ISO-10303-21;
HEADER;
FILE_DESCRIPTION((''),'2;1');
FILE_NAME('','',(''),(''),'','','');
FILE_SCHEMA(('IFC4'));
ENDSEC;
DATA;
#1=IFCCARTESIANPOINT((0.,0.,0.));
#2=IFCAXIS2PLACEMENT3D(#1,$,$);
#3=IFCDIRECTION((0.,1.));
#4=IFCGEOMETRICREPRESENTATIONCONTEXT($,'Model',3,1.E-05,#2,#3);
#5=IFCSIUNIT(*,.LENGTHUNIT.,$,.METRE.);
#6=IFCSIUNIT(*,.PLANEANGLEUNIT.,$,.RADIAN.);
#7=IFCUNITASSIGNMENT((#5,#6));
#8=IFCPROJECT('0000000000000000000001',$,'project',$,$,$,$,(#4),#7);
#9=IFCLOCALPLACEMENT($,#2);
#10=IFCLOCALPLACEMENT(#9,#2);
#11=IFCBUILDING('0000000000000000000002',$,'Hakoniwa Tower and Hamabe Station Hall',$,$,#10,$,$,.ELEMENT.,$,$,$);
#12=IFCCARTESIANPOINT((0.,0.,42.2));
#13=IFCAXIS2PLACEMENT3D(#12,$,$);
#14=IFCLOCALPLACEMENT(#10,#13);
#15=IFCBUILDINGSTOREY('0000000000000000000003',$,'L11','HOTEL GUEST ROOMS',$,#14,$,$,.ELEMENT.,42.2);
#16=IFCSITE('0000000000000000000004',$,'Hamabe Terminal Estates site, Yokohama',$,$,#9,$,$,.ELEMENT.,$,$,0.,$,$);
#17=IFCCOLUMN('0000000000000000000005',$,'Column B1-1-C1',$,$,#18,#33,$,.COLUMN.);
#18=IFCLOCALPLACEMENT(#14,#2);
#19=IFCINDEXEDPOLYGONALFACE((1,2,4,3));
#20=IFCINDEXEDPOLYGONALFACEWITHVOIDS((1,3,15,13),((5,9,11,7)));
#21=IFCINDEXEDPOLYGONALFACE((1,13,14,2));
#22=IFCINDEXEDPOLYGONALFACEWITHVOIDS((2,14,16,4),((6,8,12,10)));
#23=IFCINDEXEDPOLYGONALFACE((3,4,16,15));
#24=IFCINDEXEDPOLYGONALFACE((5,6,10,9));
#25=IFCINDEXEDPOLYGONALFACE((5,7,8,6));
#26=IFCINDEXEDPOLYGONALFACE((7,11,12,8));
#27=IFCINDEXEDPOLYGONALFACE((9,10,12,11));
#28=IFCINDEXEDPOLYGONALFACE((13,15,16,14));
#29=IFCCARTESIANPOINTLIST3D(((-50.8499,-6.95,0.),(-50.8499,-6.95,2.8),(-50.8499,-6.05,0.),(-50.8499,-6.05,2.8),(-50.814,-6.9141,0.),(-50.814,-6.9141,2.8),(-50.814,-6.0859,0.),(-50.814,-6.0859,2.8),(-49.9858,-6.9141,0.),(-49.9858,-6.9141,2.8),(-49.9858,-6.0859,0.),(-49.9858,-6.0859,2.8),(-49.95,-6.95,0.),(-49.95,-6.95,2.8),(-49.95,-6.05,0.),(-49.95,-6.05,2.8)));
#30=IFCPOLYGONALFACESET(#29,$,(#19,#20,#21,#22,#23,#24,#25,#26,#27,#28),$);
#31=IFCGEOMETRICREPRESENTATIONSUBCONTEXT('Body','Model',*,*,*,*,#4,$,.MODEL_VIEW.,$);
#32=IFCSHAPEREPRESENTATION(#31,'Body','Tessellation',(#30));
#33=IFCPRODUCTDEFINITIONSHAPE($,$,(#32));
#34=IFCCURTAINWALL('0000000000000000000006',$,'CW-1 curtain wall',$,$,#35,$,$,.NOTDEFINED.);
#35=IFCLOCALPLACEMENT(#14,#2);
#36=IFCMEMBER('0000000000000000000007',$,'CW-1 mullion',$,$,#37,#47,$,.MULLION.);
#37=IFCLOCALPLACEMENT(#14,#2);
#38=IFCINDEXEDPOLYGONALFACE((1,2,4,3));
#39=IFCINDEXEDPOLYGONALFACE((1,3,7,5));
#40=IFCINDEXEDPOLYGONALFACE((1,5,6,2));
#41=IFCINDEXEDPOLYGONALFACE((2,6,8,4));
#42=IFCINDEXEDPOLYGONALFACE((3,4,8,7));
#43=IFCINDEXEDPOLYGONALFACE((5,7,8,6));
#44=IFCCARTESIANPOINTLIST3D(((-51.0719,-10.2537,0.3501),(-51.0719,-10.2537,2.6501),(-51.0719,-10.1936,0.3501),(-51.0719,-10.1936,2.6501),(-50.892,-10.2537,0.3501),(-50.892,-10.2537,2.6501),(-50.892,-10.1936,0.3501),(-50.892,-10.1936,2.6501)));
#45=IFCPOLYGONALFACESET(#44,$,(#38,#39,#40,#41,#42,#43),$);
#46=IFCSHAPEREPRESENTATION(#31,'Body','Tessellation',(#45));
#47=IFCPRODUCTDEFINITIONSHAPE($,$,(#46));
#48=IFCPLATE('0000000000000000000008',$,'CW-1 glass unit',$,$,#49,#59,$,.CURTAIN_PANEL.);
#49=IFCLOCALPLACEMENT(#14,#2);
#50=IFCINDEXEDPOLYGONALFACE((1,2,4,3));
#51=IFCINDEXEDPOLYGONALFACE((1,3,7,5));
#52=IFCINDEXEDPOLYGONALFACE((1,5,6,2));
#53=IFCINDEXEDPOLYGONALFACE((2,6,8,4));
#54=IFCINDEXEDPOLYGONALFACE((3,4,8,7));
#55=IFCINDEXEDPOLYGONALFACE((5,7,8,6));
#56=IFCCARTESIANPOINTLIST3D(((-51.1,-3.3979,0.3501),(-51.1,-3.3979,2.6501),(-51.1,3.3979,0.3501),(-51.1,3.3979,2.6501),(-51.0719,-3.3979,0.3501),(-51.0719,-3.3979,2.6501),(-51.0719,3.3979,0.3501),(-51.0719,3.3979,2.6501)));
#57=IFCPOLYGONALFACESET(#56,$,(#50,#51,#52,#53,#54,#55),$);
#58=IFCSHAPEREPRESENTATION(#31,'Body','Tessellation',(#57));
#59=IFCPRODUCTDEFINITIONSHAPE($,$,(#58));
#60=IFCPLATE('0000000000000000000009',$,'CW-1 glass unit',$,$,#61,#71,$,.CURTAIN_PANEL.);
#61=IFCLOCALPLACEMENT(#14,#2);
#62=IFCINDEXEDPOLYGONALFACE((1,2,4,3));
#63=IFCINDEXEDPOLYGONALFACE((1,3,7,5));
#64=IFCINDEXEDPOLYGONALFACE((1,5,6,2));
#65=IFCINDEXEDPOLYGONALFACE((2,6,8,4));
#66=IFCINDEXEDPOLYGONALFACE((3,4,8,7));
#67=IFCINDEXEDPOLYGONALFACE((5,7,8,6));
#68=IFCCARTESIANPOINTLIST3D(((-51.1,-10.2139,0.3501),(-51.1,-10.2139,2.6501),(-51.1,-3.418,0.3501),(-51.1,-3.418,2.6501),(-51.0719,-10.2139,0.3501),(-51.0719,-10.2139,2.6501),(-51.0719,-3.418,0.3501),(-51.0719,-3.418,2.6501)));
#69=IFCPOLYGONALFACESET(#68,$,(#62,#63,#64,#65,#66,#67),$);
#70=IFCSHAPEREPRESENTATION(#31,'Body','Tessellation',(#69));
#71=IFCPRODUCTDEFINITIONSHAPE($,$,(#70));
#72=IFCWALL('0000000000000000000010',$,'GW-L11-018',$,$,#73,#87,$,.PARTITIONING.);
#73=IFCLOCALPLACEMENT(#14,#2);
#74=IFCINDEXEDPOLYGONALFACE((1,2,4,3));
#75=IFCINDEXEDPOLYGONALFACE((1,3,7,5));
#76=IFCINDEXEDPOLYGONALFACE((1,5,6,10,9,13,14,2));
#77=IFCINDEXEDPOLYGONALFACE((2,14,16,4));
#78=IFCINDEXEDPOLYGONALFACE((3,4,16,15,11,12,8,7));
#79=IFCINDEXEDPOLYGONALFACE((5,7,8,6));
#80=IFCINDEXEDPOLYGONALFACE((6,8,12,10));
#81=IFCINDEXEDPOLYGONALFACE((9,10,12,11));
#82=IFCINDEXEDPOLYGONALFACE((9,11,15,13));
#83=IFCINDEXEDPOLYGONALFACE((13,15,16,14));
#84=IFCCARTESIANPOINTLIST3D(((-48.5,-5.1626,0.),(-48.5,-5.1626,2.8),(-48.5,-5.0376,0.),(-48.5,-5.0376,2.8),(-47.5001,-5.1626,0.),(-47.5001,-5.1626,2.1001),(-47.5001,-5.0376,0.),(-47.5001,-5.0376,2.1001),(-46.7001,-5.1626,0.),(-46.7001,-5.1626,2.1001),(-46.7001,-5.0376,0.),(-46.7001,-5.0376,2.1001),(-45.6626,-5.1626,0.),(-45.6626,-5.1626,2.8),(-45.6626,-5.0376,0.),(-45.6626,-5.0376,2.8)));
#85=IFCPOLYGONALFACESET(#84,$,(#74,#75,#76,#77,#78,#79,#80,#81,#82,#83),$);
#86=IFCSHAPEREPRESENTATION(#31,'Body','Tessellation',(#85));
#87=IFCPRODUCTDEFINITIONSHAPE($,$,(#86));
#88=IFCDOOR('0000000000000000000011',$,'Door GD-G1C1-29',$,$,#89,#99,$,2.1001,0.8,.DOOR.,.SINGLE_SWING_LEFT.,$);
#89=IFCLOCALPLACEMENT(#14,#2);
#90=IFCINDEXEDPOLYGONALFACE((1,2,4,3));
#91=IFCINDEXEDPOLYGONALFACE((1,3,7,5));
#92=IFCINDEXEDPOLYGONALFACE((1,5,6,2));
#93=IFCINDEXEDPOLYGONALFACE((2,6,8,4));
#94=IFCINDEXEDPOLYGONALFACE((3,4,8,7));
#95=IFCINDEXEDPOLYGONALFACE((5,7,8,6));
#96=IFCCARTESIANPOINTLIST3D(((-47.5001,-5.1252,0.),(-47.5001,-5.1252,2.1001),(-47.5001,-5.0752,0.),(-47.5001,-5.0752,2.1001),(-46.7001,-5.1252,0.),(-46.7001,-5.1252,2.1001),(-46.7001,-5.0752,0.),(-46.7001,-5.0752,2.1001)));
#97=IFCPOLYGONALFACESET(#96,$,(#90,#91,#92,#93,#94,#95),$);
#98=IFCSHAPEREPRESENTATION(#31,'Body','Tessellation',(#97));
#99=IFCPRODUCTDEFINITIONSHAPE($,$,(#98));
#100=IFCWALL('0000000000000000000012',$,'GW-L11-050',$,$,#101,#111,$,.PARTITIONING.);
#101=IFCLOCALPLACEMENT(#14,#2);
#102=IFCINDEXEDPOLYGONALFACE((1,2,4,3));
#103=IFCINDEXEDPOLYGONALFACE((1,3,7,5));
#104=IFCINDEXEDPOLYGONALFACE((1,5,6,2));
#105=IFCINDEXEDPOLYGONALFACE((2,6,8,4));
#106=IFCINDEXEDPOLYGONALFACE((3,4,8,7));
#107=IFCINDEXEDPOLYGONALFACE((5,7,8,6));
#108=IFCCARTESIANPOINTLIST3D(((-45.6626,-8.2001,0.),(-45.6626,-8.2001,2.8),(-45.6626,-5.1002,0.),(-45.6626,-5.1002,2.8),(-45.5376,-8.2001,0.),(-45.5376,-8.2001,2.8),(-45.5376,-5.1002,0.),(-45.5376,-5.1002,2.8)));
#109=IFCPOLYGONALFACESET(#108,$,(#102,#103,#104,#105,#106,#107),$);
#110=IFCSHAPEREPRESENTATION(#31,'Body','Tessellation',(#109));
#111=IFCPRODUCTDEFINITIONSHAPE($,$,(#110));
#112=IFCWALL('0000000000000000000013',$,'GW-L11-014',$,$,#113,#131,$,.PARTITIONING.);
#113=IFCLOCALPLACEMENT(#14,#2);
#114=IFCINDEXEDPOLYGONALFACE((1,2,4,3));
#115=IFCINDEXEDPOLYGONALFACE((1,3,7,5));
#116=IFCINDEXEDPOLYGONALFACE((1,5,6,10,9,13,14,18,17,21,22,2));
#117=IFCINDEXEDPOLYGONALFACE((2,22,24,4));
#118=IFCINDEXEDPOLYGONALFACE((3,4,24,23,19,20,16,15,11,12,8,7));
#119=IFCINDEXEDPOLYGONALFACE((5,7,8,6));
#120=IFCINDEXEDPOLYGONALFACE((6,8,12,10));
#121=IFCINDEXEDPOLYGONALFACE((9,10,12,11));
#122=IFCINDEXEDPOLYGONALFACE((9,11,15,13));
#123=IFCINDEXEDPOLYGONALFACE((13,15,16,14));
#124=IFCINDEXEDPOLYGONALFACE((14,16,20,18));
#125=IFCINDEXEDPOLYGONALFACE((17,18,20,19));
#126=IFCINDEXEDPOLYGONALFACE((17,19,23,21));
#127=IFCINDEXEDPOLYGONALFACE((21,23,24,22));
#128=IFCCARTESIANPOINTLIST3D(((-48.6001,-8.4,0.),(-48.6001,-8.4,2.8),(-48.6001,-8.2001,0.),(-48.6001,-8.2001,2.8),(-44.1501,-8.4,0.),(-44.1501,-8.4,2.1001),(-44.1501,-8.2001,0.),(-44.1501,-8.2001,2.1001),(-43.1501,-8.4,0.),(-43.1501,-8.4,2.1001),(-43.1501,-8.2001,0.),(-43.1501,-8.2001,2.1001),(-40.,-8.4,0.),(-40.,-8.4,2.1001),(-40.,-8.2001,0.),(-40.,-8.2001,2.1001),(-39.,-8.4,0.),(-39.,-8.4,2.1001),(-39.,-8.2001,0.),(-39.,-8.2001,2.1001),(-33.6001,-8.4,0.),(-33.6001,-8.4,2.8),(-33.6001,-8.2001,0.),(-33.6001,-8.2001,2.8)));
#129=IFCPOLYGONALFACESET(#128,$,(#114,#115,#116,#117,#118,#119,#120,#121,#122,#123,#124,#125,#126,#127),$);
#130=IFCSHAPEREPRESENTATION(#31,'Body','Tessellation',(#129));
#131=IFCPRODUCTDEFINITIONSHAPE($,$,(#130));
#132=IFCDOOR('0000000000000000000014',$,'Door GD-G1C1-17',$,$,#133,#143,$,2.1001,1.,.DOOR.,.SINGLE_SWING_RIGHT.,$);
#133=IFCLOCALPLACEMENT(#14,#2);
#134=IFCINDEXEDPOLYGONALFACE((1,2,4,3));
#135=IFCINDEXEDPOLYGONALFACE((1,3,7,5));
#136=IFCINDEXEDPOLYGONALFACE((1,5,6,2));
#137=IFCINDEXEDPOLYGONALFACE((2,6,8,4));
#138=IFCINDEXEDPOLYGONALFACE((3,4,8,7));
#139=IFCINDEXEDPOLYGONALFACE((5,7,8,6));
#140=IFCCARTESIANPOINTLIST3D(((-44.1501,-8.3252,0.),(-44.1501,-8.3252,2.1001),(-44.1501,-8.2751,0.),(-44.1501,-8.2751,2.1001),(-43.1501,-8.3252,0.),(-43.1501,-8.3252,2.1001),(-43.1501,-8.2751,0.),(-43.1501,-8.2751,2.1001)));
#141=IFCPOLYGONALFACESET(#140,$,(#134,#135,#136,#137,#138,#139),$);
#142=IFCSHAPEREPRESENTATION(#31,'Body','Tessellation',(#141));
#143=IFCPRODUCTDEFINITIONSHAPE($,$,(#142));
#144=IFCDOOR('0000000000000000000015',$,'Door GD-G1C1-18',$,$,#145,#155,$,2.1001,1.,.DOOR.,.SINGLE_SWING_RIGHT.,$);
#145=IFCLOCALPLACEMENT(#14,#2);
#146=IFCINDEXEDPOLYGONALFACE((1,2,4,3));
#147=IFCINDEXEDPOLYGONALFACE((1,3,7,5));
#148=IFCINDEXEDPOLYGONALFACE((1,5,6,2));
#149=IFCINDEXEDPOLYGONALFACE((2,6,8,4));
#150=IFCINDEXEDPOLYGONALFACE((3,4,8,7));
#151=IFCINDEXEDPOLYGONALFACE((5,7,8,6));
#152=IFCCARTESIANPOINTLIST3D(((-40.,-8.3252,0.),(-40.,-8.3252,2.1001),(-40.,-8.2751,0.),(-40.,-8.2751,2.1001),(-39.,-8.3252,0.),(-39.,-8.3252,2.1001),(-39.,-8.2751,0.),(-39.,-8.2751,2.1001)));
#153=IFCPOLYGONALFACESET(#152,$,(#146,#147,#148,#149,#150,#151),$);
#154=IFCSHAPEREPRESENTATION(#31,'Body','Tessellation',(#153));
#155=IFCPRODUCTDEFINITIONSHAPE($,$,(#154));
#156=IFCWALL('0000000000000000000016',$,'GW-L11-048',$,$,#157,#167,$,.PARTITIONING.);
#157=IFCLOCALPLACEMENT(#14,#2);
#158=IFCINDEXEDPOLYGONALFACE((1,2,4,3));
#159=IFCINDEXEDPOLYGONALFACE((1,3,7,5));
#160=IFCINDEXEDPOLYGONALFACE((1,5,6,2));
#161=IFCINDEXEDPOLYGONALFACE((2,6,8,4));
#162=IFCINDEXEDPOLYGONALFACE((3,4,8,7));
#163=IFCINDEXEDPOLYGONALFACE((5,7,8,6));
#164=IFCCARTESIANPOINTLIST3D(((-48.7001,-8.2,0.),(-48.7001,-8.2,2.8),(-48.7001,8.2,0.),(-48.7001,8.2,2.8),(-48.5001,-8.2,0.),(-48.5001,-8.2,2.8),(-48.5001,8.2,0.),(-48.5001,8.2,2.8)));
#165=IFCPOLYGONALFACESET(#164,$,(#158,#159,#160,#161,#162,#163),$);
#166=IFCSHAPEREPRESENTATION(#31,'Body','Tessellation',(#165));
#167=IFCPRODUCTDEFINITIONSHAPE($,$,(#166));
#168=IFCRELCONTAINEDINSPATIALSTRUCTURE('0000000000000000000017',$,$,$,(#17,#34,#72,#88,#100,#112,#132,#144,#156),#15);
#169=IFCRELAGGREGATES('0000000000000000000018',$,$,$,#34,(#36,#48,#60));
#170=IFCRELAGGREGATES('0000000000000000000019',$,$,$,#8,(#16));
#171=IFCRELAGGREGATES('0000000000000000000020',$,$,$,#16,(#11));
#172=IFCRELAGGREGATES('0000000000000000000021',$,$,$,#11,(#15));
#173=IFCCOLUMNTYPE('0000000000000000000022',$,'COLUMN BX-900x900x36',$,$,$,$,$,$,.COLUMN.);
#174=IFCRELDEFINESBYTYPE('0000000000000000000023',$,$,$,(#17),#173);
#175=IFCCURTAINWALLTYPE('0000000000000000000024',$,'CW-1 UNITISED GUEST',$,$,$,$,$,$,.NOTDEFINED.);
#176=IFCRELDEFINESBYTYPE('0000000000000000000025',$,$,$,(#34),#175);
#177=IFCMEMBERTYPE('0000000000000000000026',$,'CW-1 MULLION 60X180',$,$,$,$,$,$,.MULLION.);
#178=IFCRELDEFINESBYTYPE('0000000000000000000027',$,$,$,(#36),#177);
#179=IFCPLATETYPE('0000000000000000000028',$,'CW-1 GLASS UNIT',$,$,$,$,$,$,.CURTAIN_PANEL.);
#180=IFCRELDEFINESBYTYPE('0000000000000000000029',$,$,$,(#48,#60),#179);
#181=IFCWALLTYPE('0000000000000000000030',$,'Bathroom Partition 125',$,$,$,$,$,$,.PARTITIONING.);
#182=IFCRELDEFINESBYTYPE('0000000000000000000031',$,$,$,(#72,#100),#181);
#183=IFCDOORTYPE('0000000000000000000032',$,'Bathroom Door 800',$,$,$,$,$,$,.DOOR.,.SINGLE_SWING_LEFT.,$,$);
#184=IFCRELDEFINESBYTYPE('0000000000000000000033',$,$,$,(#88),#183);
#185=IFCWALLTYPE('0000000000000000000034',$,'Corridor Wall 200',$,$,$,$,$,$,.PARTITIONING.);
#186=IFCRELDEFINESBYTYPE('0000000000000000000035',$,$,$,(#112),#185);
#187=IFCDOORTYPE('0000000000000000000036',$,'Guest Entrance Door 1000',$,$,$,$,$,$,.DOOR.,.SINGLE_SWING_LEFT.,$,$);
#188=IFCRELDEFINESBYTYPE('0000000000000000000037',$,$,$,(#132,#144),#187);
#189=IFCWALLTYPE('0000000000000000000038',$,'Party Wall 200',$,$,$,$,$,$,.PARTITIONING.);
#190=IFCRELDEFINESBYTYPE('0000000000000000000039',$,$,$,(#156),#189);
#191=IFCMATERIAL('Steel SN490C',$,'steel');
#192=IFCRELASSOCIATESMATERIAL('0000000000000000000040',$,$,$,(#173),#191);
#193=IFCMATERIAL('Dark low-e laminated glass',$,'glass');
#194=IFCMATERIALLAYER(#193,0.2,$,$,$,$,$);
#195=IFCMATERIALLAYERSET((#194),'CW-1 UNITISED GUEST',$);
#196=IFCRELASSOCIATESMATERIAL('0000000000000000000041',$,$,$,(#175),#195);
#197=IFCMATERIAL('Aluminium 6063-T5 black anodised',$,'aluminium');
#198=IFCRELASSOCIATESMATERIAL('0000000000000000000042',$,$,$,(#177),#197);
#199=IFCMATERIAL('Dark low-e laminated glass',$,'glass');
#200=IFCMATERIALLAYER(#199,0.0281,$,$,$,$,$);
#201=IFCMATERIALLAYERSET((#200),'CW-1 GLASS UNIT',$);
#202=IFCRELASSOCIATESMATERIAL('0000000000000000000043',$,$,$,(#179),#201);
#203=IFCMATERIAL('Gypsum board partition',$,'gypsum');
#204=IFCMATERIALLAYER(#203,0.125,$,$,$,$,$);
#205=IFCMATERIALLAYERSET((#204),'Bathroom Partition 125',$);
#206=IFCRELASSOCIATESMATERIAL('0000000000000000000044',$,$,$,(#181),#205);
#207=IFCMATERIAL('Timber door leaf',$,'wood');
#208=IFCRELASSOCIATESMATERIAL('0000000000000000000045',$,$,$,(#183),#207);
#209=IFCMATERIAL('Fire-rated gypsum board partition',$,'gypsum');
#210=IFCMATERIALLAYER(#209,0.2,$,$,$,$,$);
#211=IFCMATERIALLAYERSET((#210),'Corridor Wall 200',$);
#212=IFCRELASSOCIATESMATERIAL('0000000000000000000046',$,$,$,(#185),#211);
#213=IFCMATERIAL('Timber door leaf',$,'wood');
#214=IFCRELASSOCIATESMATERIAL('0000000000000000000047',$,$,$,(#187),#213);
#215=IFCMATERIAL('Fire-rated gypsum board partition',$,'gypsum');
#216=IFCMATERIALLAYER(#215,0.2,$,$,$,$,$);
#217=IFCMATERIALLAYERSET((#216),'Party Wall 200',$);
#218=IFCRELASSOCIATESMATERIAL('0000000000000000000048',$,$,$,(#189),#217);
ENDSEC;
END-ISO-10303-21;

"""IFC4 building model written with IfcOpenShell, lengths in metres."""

from ifc_helpers import new_model, si_unit, direction, frame, frame_2d, origin, origin_2d, place, context, subcontext, project, spatial, rectangle, hollow_rectangle, extrude, material, layer, layer_set, material_profile, profile_set, type_object, element, fill, aggregate, save


model = new_model("IFC4")

# Units and contexts
model_context = context("Model", 3, precision=1e-05, world=origin(), true_north=direction((0.0, 1.0)))
body_context = subcontext(model_context, "Body", "Model", "MODEL_VIEW")
ifc_project = project(units=[si_unit("LENGTHUNIT", "METRE"), si_unit("PLANEANGLEUNIT", "RADIAN")], contexts=[model_context])

# Site, building, storey
site_placement = place(None, origin())
site = spatial("IfcSite", under=ifc_project, at=site_placement, Name="Hamabe Terminal Estates site, Yokohama", CompositionType="ELEMENT", RefElevation=0.0)
building_placement = place(site_placement, origin())
building = spatial("IfcBuilding", under=site, at=building_placement, Name="Hakoniwa Tower and Hamabe Station Hall", CompositionType="ELEMENT")
storey_placement = place(building_placement, frame((0.0, 0.0, 42.2)))
storey = spatial("IfcBuildingStorey", under=building, at=storey_placement, Name="L11", Description="HOTEL GUEST ROOMS", CompositionType="ELEMENT", Elevation=42.2)

# Column
ifc_material_1 = material(Name="Steel SN490C", Category="steel")
ifc_material_profile_1 = material_profile(ifc_material_1, hollow_rectangle(XDim=0.8999, YDim=0.8999, WallThickness=0.0359, at=origin_2d()), Name="BX-900x900x36")
ifc_profile_set_1 = profile_set([ifc_material_profile_1], Name="Steel SN490C")
column_type = type_object("IfcColumnType", Name="COLUMN BX-900x900x36", PredefinedType="COLUMN", material=ifc_profile_set_1)
column_placement = place(storey_placement, frame((-50.3999, -6.5, 0.0), z_axis=(0.0, 0.0, 1.0), x_axis=(1.0, 0.0, 0.0)))
element("IfcColumn", 1, at=column_placement, inside=storey, type_object=column_type, Name="Column B1-1-C1", PredefinedType="COLUMN", context=body_context, shape_type="SweptSolid", body=[
    extrude(hollow_rectangle(XDim=0.8999, YDim=0.8999, WallThickness=0.0359, at=origin_2d()), origin(), (0.0, 0.0, 1.0), 2.8),
])

# Curtain wall, member, plates
ifc_material_2 = material(Name="Dark low-e laminated glass", Category="glass")
ifc_layer_1 = layer(ifc_material_2, 0.2)
ifc_layer_set_1 = layer_set([ifc_layer_1], Name="CW-1 UNITISED GUEST")
curtain_wall_type = type_object("IfcCurtainWallType", Name="CW-1 UNITISED GUEST", PredefinedType="NOTDEFINED", material=ifc_layer_set_1)
curtain_wall_placement = place(storey_placement, origin())
curtain_wall = element("IfcCurtainWall", 2, at=curtain_wall_placement, inside=storey, type_object=curtain_wall_type, Name="CW-1 curtain wall", PredefinedType="NOTDEFINED")
ifc_material_3 = material(Name="Aluminium 6063-T5 black anodised", Category="aluminium")
ifc_material_profile_2 = material_profile(ifc_material_3, rectangle(XDim=0.0601, YDim=0.1799, at=origin_2d()), Name="CW-1 MULLION 60X180")
ifc_profile_set_2 = profile_set([ifc_material_profile_2], Name="Aluminium 6063-T5 black anodised")
member_type = type_object("IfcMemberType", Name="CW-1 MULLION 60X180", PredefinedType="MULLION", material=ifc_profile_set_2)
member_placement = place(storey_placement, frame((-50.9819, -10.2236, 0.3501), z_axis=(0.0, 0.0, 1.0), x_axis=(0.0, -1.0, 0.0)))
member = element("IfcMember", 3, at=member_placement, type_object=member_type, Name="CW-1 mullion", PredefinedType="MULLION", context=body_context, shape_type="SweptSolid", body=[
    extrude(rectangle(XDim=0.0601, YDim=0.1799, at=origin_2d()), origin(), (0.0, 0.0, 1.0), 2.3),
])
ifc_material_4 = material(Name="Dark low-e laminated glass", Category="glass")
ifc_layer_2 = layer(ifc_material_4, 0.0281)
ifc_layer_set_2 = layer_set([ifc_layer_2], Name="CW-1 GLASS UNIT")
plate_type = type_object("IfcPlateType", Name="CW-1 GLASS UNIT", PredefinedType="CURTAIN_PANEL", material=ifc_layer_set_2)
plate_1_placement = place(storey_placement, frame((-51.0859, 0.0, 0.3501), z_axis=(0.0, 0.0, 1.0), x_axis=(0.0, -1.0, 0.0)))
plate_1 = element("IfcPlate", 4, at=plate_1_placement, type_object=plate_type, Name="CW-1 glass unit", PredefinedType="CURTAIN_PANEL", context=body_context, shape_type="SweptSolid", body=[
    extrude(rectangle(XDim=6.7959, YDim=0.0281, at=origin_2d()), origin(), (0.0, 0.0, 1.0), 2.3),
])
plate_2_placement = place(storey_placement, frame((-51.0859, -6.8159, 0.3501), z_axis=(0.0, 0.0, 1.0), x_axis=(0.0, -1.0, 0.0)))
plate_2 = element("IfcPlate", 5, at=plate_2_placement, type_object=plate_type, Name="CW-1 glass unit", PredefinedType="CURTAIN_PANEL", context=body_context, shape_type="SweptSolid", body=[
    extrude(rectangle(XDim=6.7959, YDim=0.0281, at=origin_2d()), origin(), (0.0, 0.0, 1.0), 2.3),
])
aggregate(curtain_wall, [member, plate_1, plate_2])

# Wall, opening, door
ifc_material_5 = material(Name="Gypsum board partition", Category="gypsum")
ifc_layer_3 = layer(ifc_material_5, 0.125)
ifc_layer_set_3 = layer_set([ifc_layer_3], Name="Bathroom Partition 125")
wall_type_1 = type_object("IfcWallType", Name="Bathroom Partition 125", PredefinedType="PARTITIONING", material=ifc_layer_set_3)
wall_1_placement = place(storey_placement, frame((-48.5, -5.1001, 0.0), z_axis=(0.0, 0.0, 1.0), x_axis=(1.0, 0.0, 0.0)))
wall_1 = element("IfcWall", 6, at=wall_1_placement, inside=storey, type_object=wall_type_1, Name="GW-L11-018", PredefinedType="PARTITIONING", context=body_context, shape_type="SweptSolid", body=[
    extrude(rectangle(XDim=2.8374, YDim=0.125, at=frame_2d((1.4187, 0.0))), origin(), (0.0, 0.0, 1.0), 2.8),
])
opening_1_placement = place(wall_1_placement, frame((1.0, 0.0, 0.0)))
opening_1 = element("IfcOpeningElement", 7, at=opening_1_placement, cuts=wall_1, PredefinedType="OPENING", context=body_context, shape_type="SweptSolid", body=[
    extrude(rectangle(XDim=0.8, YDim=2.1001, at=frame_2d((0.3999, 1.05))), frame((0.0, 0.0725, 0.0), z_axis=(0.0, -1.0, 0.0), x_axis=(1.0, 0.0, 0.0)), (0.0, 0.0, 1.0), 0.145),
])
ifc_material_6 = material(Name="Timber door leaf", Category="wood")
door_type_1 = type_object("IfcDoorType", Name="Bathroom Door 800", OperationType="SINGLE_SWING_LEFT", PredefinedType="DOOR", material=ifc_material_6)
door_1_placement = place(opening_1_placement, origin())
door_1 = element("IfcDoor", 8, at=door_1_placement, inside=storey, type_object=door_type_1, Name="Door GD-G1C1-29", OperationType="SINGLE_SWING_LEFT", OverallHeight=2.1001, OverallWidth=0.8, PredefinedType="DOOR", context=body_context, shape_type="SweptSolid", body=[
    extrude(rectangle(XDim=0.8, YDim=2.1001, at=frame_2d((0.3999, 1.05))), frame((0.0, 0.0249, 0.0), z_axis=(0.0, -1.0, 0.0), x_axis=(1.0, 0.0, 0.0)), (0.0, 0.0, 1.0), 0.05),
])
fill(opening_1, door_1)

# Wall
wall_2_placement = place(storey_placement, frame((-45.6001, -8.2, 0.0), z_axis=(0.0, 0.0, 1.0), x_axis=(0.0, 1.0, 0.0)))
element("IfcWall", 9, at=wall_2_placement, inside=storey, type_object=wall_type_1, Name="GW-L11-050", PredefinedType="PARTITIONING", context=body_context, shape_type="SweptSolid", body=[
    extrude(rectangle(XDim=3.0999, YDim=0.125, at=frame_2d((1.5498, 0.0))), origin(), (0.0, 0.0, 1.0), 2.8),
])

# Wall, openings, doors
ifc_material_7 = material(Name="Fire-rated gypsum board partition", Category="gypsum")
ifc_layer_4 = layer(ifc_material_7, 0.2)
ifc_layer_set_4 = layer_set([ifc_layer_4], Name="Corridor Wall 200")
wall_type_2 = type_object("IfcWallType", Name="Corridor Wall 200", PredefinedType="PARTITIONING", material=ifc_layer_set_4)
wall_3_placement = place(storey_placement, frame((-48.6001, -8.3, 0.0), z_axis=(0.0, 0.0, 1.0), x_axis=(1.0, 0.0, 0.0)))
wall_3 = element("IfcWall", 10, at=wall_3_placement, inside=storey, type_object=wall_type_2, Name="GW-L11-014", PredefinedType="PARTITIONING", context=body_context, shape_type="SweptSolid", body=[
    extrude(rectangle(XDim=15.0, YDim=0.2, at=frame_2d((7.5, 0.0))), origin(), (0.0, 0.0, 1.0), 2.8),
])
opening_2_placement = place(wall_3_placement, frame((4.45, 0.0, 0.0)))
opening_2 = element("IfcOpeningElement", 11, at=opening_2_placement, cuts=wall_3, PredefinedType="OPENING", context=body_context, shape_type="SweptSolid", body=[
    extrude(rectangle(XDim=1.0, YDim=2.1001, at=frame_2d((0.5, 1.05))), frame((0.0, 0.1099, 0.0), z_axis=(0.0, -1.0, 0.0), x_axis=(1.0, 0.0, 0.0)), (0.0, 0.0, 1.0), 0.22),
])
opening_3_placement = place(wall_3_placement, frame((8.6001, 0.0, 0.0)))
opening_3 = element("IfcOpeningElement", 12, at=opening_3_placement, cuts=wall_3, PredefinedType="OPENING", context=body_context, shape_type="SweptSolid", body=[
    extrude(rectangle(XDim=1.0, YDim=2.1001, at=frame_2d((0.5, 1.05))), frame((0.0, 0.1099, 0.0), z_axis=(0.0, -1.0, 0.0), x_axis=(1.0, 0.0, 0.0)), (0.0, 0.0, 1.0), 0.22),
])
ifc_material_8 = material(Name="Timber door leaf", Category="wood")
door_type_2 = type_object("IfcDoorType", Name="Guest Entrance Door 1000", OperationType="SINGLE_SWING_LEFT", PredefinedType="DOOR", material=ifc_material_8)
door_2_placement = place(opening_2_placement, origin())
door_2 = element("IfcDoor", 13, at=door_2_placement, inside=storey, type_object=door_type_2, Name="Door GD-G1C1-17", OperationType="SINGLE_SWING_RIGHT", OverallHeight=2.1001, OverallWidth=1.0, PredefinedType="DOOR", context=body_context, shape_type="SweptSolid", body=[
    extrude(rectangle(XDim=1.0, YDim=2.1001, at=frame_2d((0.5, 1.05))), frame((0.0, 0.0249, 0.0), z_axis=(0.0, -1.0, 0.0), x_axis=(1.0, 0.0, 0.0)), (0.0, 0.0, 1.0), 0.05),
])
fill(opening_2, door_2)
door_3_placement = place(opening_3_placement, origin())
door_3 = element("IfcDoor", 14, at=door_3_placement, inside=storey, type_object=door_type_2, Name="Door GD-G1C1-18", OperationType="SINGLE_SWING_RIGHT", OverallHeight=2.1001, OverallWidth=1.0, PredefinedType="DOOR", context=body_context, shape_type="SweptSolid", body=[
    extrude(rectangle(XDim=1.0, YDim=2.1001, at=frame_2d((0.5, 1.05))), frame((0.0, 0.0249, 0.0), z_axis=(0.0, -1.0, 0.0), x_axis=(1.0, 0.0, 0.0)), (0.0, 0.0, 1.0), 0.05),
])
fill(opening_3, door_3)

# Wall
ifc_material_9 = material(Name="Fire-rated gypsum board partition", Category="gypsum")
ifc_layer_5 = layer(ifc_material_9, 0.2)
ifc_layer_set_5 = layer_set([ifc_layer_5], Name="Party Wall 200")
wall_type_3 = type_object("IfcWallType", Name="Party Wall 200", PredefinedType="PARTITIONING", material=ifc_layer_set_5)
wall_4_placement = place(storey_placement, frame((-48.6001, -8.2, 0.0), z_axis=(0.0, 0.0, 1.0), x_axis=(0.0, 1.0, 0.0)))
element("IfcWall", 15, at=wall_4_placement, inside=storey, type_object=wall_type_3, Name="GW-L11-048", PredefinedType="PARTITIONING", context=body_context, shape_type="SweptSolid", body=[
    extrude(rectangle(XDim=16.3999, YDim=0.2, at=frame_2d((8.2, 0.0))), origin(), (0.0, 0.0, 1.0), 2.8),
])

save(model, "model.ifc")
